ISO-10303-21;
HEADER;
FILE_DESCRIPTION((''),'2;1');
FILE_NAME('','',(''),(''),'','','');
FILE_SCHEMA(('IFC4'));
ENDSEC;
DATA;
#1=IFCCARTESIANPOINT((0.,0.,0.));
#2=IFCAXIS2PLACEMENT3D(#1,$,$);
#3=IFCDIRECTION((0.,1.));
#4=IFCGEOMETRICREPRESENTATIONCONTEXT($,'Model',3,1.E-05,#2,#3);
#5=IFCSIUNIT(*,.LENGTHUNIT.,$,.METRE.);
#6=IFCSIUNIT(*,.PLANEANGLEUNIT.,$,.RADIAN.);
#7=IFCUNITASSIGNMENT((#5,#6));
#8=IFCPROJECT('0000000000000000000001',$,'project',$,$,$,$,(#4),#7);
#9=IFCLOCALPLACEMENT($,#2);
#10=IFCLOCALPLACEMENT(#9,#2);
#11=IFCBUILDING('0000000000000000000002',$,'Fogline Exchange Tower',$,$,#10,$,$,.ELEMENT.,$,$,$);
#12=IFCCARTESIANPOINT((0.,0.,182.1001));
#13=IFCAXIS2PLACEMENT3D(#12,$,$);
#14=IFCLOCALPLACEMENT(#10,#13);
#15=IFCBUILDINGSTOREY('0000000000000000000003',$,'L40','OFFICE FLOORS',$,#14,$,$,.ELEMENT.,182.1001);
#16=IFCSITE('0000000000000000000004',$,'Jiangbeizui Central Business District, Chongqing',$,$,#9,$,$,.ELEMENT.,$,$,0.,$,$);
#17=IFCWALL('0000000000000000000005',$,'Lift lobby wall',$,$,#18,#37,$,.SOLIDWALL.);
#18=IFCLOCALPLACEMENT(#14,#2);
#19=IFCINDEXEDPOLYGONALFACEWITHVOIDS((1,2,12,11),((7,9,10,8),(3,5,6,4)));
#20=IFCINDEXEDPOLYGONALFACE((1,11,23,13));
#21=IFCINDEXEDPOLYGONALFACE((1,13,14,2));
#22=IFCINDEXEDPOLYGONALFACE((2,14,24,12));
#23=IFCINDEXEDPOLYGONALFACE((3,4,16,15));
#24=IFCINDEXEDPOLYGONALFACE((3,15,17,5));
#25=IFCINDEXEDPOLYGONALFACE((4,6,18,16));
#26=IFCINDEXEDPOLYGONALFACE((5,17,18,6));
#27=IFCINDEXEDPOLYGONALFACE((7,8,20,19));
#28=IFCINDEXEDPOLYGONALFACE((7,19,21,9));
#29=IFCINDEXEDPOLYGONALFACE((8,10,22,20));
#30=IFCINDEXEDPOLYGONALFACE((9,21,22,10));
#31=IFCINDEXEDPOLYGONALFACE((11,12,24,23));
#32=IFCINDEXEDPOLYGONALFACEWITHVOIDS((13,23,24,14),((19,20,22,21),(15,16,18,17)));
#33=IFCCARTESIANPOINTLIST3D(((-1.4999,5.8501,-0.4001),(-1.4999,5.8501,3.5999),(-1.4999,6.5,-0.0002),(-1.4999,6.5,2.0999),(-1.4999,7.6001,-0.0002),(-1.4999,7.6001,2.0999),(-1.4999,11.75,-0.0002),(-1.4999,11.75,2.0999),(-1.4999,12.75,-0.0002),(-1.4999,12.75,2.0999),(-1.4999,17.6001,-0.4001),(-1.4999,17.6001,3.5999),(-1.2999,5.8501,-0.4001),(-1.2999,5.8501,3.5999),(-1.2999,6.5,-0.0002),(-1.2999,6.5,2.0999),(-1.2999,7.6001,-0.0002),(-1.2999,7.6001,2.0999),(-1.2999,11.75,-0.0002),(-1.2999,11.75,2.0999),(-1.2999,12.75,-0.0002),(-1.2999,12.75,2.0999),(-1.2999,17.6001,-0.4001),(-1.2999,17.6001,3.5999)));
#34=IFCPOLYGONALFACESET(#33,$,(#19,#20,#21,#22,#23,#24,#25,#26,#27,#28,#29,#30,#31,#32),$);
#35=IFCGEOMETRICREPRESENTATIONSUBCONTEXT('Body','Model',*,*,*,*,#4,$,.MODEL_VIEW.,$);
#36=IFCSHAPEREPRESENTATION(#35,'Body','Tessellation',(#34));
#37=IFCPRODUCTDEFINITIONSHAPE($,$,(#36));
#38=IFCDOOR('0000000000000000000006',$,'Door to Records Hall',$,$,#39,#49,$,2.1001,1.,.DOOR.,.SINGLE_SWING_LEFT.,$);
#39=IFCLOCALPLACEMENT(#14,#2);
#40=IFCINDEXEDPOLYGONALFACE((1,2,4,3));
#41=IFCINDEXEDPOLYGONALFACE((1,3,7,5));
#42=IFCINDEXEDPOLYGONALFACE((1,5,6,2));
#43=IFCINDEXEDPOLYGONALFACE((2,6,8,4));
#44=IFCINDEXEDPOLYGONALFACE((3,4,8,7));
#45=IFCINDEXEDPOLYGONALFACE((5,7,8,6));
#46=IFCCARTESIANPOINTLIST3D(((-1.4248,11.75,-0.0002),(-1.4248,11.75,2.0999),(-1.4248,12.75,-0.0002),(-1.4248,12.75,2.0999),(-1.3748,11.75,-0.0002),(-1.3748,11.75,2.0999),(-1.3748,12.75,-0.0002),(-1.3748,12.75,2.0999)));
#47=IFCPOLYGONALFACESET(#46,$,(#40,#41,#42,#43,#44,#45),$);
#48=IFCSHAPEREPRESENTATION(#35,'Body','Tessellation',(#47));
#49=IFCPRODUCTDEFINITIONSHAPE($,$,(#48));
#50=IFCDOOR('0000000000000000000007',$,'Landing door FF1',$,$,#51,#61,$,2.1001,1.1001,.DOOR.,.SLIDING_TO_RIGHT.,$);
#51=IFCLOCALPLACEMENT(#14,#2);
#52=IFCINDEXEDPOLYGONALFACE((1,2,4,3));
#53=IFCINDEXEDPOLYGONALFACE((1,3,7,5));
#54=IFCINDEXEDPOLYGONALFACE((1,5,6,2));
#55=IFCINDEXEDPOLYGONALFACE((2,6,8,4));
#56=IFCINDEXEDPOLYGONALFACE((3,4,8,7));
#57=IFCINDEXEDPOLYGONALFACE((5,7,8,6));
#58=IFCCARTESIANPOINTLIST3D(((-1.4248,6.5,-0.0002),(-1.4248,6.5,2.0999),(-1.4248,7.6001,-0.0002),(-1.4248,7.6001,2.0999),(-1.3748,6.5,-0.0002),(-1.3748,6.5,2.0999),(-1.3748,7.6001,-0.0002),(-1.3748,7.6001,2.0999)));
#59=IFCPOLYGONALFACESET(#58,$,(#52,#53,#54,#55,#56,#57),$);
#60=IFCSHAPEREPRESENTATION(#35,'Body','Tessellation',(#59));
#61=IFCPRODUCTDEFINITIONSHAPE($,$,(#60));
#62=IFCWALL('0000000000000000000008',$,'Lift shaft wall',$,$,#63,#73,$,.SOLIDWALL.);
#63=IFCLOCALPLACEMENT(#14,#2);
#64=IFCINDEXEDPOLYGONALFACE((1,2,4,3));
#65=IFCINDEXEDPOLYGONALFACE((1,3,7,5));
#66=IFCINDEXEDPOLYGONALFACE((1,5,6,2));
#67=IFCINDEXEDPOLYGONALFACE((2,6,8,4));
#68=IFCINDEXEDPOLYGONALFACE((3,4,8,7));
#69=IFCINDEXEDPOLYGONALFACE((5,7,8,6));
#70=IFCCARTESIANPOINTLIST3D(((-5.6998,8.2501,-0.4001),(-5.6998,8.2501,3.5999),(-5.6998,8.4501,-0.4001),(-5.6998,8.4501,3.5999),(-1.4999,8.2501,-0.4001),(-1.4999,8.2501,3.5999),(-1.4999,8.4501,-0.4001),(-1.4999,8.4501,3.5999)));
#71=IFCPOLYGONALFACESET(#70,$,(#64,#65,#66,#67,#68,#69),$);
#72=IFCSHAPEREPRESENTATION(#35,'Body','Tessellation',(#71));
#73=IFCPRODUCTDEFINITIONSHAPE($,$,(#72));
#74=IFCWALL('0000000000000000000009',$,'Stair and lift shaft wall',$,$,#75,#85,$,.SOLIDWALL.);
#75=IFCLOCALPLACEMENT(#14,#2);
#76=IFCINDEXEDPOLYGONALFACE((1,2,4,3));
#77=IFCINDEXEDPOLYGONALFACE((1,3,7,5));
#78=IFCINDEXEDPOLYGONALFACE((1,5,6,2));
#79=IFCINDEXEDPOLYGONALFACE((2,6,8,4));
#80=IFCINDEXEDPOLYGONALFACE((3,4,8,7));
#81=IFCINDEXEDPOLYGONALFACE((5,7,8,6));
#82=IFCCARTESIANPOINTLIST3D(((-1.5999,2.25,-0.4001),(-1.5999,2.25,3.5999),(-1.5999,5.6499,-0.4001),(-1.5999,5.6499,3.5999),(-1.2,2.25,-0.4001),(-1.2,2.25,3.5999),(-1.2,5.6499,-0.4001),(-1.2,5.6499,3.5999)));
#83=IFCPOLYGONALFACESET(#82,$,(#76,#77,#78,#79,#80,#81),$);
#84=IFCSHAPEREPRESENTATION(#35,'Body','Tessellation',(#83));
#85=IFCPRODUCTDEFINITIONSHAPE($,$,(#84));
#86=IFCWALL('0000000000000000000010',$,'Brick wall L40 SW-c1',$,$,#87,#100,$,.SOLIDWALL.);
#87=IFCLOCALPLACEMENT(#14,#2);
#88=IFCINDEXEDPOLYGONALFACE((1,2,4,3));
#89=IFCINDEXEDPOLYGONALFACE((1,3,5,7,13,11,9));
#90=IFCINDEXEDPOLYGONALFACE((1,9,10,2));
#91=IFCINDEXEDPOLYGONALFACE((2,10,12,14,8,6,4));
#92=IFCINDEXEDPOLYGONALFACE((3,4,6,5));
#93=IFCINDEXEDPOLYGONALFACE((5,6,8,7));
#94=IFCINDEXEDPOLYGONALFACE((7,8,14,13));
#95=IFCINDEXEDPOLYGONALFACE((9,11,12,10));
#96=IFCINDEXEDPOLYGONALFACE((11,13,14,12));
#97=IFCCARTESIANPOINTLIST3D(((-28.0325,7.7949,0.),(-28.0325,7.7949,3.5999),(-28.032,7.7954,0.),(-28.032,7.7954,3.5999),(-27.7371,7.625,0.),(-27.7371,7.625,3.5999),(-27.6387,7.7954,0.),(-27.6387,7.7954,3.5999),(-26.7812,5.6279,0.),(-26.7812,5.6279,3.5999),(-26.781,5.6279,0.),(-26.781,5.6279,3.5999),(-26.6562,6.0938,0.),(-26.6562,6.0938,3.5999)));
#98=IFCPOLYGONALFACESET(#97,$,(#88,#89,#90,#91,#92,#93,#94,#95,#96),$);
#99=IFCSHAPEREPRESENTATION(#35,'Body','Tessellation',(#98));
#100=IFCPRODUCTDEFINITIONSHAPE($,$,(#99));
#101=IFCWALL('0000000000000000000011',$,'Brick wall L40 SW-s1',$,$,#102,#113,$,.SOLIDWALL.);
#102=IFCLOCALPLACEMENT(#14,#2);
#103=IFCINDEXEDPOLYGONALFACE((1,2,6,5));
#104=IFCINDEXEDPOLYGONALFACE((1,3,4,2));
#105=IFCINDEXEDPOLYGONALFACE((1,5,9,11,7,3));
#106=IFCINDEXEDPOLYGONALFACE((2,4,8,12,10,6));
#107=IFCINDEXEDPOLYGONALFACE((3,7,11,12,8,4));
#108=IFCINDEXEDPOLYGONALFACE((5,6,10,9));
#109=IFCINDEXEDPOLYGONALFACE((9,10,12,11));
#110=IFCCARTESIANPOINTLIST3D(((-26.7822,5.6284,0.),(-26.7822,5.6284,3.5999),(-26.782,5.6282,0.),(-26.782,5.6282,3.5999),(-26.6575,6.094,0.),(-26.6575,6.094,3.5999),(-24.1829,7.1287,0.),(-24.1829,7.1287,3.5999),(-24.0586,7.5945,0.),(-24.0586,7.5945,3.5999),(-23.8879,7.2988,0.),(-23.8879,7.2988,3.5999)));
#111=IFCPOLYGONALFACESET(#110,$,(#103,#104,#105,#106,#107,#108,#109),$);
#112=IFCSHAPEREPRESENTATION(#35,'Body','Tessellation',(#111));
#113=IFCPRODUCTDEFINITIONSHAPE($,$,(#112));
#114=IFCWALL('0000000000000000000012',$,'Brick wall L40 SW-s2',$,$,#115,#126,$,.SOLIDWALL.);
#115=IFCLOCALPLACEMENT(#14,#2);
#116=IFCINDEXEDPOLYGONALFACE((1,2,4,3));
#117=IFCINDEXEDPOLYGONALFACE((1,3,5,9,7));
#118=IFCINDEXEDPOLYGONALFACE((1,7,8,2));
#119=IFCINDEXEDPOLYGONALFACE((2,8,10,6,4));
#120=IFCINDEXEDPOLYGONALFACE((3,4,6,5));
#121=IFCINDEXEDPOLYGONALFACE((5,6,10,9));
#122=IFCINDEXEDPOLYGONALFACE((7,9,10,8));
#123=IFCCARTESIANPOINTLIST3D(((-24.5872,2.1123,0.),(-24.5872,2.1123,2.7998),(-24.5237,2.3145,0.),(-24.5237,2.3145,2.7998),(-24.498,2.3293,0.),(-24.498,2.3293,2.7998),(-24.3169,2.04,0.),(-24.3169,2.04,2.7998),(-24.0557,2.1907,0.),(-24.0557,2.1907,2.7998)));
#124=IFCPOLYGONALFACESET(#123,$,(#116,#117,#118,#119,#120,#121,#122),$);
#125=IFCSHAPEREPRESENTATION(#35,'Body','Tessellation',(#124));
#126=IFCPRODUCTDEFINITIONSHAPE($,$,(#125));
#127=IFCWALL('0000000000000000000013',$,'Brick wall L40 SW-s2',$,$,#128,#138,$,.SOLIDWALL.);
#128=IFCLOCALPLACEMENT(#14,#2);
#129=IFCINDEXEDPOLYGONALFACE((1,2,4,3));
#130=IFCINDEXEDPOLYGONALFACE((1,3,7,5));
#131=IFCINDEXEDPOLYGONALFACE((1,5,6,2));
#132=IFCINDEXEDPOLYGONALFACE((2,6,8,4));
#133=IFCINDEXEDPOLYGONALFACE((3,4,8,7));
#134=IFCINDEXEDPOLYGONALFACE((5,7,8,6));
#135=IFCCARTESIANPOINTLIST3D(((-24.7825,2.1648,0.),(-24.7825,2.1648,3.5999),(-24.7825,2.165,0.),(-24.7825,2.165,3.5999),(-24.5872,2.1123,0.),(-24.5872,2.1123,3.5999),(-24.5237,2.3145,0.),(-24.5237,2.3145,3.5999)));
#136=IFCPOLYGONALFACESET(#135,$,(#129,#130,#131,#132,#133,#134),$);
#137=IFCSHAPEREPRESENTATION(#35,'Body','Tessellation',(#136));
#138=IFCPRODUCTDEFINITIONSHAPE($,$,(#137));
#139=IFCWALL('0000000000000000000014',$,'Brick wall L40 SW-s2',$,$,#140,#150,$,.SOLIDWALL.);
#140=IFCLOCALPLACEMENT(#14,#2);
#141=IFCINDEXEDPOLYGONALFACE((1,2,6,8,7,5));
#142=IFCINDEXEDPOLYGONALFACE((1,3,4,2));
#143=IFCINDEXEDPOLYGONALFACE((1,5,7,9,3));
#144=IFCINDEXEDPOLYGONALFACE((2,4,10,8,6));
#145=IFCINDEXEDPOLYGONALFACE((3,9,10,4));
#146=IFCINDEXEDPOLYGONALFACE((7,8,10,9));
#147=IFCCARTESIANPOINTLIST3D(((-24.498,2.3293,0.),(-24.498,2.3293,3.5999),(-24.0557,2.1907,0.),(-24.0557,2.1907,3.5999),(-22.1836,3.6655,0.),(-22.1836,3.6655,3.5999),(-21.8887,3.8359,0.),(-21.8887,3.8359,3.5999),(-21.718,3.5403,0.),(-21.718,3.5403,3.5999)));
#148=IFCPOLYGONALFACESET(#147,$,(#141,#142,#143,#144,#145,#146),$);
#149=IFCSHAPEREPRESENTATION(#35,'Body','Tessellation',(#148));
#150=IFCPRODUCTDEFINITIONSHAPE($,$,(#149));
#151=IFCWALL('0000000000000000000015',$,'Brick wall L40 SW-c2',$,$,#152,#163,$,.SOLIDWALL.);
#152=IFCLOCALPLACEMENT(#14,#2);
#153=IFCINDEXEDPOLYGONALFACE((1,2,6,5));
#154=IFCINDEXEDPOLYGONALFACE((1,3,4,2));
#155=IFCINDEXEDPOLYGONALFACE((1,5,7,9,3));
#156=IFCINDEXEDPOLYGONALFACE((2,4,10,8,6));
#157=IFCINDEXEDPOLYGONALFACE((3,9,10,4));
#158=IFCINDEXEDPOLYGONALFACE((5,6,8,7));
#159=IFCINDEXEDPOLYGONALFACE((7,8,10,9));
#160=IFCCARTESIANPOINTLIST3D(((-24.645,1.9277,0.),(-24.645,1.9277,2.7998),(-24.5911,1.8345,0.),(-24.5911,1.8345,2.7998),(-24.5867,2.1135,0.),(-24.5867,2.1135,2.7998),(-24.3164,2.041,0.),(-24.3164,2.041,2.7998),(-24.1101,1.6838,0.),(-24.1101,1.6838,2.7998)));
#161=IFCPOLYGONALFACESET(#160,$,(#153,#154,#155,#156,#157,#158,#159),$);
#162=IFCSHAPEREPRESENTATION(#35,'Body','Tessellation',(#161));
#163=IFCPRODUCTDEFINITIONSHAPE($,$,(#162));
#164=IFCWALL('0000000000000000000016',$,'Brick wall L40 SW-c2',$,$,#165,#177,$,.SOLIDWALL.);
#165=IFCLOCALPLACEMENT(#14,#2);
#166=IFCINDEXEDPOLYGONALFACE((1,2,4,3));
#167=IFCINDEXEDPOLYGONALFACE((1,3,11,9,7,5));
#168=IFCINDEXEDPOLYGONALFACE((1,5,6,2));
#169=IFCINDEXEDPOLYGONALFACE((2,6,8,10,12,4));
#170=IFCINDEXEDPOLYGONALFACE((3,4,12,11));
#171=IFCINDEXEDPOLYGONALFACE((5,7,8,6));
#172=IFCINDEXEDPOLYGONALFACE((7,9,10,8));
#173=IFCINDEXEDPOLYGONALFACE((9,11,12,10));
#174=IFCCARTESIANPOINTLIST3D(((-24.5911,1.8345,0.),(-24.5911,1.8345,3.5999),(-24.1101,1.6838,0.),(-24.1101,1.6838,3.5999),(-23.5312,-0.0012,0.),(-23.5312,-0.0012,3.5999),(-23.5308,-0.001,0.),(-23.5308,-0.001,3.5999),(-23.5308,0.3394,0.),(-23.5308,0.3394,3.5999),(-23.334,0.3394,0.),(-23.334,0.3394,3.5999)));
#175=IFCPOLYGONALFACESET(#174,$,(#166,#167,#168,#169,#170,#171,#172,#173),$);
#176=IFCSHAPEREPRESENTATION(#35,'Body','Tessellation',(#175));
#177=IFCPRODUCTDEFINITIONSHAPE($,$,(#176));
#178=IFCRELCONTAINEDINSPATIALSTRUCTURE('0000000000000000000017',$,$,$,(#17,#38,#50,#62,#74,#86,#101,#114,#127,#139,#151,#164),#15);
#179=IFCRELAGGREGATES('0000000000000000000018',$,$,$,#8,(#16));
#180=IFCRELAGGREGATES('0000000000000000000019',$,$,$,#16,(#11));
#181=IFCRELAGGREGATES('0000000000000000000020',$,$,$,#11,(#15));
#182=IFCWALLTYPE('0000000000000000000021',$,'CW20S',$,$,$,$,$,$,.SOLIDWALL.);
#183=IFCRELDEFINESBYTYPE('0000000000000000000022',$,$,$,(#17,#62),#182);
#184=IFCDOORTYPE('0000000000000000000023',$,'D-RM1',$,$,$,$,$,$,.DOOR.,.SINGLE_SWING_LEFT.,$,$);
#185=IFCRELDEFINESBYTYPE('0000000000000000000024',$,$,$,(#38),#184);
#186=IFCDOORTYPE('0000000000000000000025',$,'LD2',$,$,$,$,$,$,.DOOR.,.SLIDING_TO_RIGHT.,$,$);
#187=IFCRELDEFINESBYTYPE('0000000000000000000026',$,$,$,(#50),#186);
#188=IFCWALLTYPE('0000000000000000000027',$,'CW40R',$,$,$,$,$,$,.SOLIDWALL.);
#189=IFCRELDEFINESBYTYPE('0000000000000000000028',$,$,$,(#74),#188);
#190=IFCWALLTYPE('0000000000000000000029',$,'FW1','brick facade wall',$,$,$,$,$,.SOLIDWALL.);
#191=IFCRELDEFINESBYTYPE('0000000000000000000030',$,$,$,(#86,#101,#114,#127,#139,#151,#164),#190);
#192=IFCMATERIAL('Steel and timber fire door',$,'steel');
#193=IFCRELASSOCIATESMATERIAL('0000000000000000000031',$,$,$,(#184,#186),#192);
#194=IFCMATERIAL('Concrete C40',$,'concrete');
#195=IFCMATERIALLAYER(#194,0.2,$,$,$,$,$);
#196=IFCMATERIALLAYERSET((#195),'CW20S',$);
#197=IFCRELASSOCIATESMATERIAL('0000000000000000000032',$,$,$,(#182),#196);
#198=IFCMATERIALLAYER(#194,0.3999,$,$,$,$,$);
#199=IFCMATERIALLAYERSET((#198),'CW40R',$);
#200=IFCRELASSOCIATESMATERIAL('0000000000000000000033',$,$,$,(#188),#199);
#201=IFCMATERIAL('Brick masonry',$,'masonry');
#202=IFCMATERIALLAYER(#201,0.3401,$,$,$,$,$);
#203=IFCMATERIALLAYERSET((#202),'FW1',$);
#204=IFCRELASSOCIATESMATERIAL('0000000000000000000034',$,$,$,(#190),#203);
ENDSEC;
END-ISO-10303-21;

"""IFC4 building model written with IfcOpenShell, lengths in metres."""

from ifc_helpers import new_model, si_unit, direction, frame, frame_2d, origin, place, context, subcontext, project, spatial, polyline, rectangle, outline, extrude, material, layer, layer_set, type_object, element, fill, save


model = new_model("IFC4")

# Units and contexts
model_context = context("Model", 3, precision=1e-05, world=origin(), true_north=direction((0.0, 1.0)))
body_context = subcontext(model_context, "Body", "Model", "MODEL_VIEW")
ifc_project = project(units=[si_unit("LENGTHUNIT", "METRE"), si_unit("PLANEANGLEUNIT", "RADIAN")], contexts=[model_context])

# Site, building, storey
site_placement = place(None, origin())
site = spatial("IfcSite", under=ifc_project, at=site_placement, Name="Jiangbeizui Central Business District, Chongqing", CompositionType="ELEMENT", RefElevation=0.0)
building_placement = place(site_placement, origin())
building = spatial("IfcBuilding", under=site, at=building_placement, Name="Fogline Exchange Tower", CompositionType="ELEMENT")
storey_placement = place(building_placement, frame((0.0, 0.0, 182.1001)))
storey = spatial("IfcBuildingStorey", under=building, at=storey_placement, Name="L40", Description="OFFICE FLOORS", CompositionType="ELEMENT", Elevation=182.1001)

# Shared definitions
ifc_material_1 = material(Name="Concrete C40", Category="concrete")

# Shared definitions
ifc_material_2 = material(Name="Steel and timber fire door", Category="steel")
door_type_1 = type_object("IfcDoorType", Name="D-RM1", OperationType="SINGLE_SWING_LEFT", PredefinedType="DOOR", material=ifc_material_2)
ifc_layer_1 = layer(ifc_material_1, 0.2)
ifc_layer_set_1 = layer_set([ifc_layer_1], Name="CW20S")
wall_type_1 = type_object("IfcWallType", Name="CW20S", PredefinedType="SOLIDWALL", material=ifc_layer_set_1)

# Wall, openings, doors
wall_1_placement = place(storey_placement, frame((-1.3999, 5.8501, -0.4001), z_axis=(0.0, 0.0, 1.0), x_axis=(0.0, 1.0, 0.0)))
wall_1 = element("IfcWall", 1, at=wall_1_placement, inside=storey, type_object=wall_type_1, Name="Lift lobby wall", PredefinedType="SOLIDWALL", context=body_context, shape_type="SweptSolid", body=[
    extrude(rectangle(XDim=11.75, YDim=0.2, at=frame_2d((5.875, 0.0))), origin(), (0.0, 0.0, 1.0), 4.0),
])
opening_1_placement = place(wall_1_placement, frame((0.6499, 0.0, 0.3999)))
opening_1 = element("IfcOpeningElement", 2, at=opening_1_placement, cuts=wall_1, PredefinedType="OPENING", context=body_context, shape_type="SweptSolid", body=[
    extrude(rectangle(XDim=1.1001, YDim=2.1001, at=frame_2d((0.55, 1.05))), frame((0.0, 0.1099, 0.0), z_axis=(0.0, -1.0, 0.0), x_axis=(1.0, 0.0, 0.0)), (0.0, 0.0, 1.0), 0.22),
])
opening_2_placement = place(wall_1_placement, frame((5.8999, 0.0, 0.3999)))
opening_2 = element("IfcOpeningElement", 3, at=opening_2_placement, cuts=wall_1, PredefinedType="OPENING", context=body_context, shape_type="SweptSolid", body=[
    extrude(rectangle(XDim=1.0, YDim=2.1001, at=frame_2d((0.5, 1.05))), frame((0.0, 0.1099, 0.0), z_axis=(0.0, -1.0, 0.0), x_axis=(1.0, 0.0, 0.0)), (0.0, 0.0, 1.0), 0.22),
])
door_1_placement = place(opening_2_placement, origin())
door_1 = element("IfcDoor", 4, at=door_1_placement, inside=storey, type_object=door_type_1, Name="Door to Records Hall", OperationType="SINGLE_SWING_LEFT", OverallHeight=2.1001, OverallWidth=1.0, PredefinedType="DOOR", context=body_context, shape_type="SweptSolid", body=[
    extrude(rectangle(XDim=1.0, YDim=2.1001, at=frame_2d((0.5, 1.05))), frame((0.0, 0.0249, 0.0), z_axis=(0.0, -1.0, 0.0), x_axis=(1.0, 0.0, 0.0)), (0.0, 0.0, 1.0), 0.05),
])
fill(opening_2, door_1)
door_type_2 = type_object("IfcDoorType", Name="LD2", OperationType="SLIDING_TO_RIGHT", PredefinedType="DOOR", material=ifc_material_2)
door_2_placement = place(opening_1_placement, origin())
door_2 = element("IfcDoor", 5, at=door_2_placement, inside=storey, type_object=door_type_2, Name="Landing door FF1", OperationType="SLIDING_TO_RIGHT", OverallHeight=2.1001, OverallWidth=1.1001, PredefinedType="DOOR", context=body_context, shape_type="SweptSolid", body=[
    extrude(rectangle(XDim=1.1001, YDim=2.1001, at=frame_2d((0.55, 1.05))), frame((0.0, 0.0249, 0.0), z_axis=(0.0, -1.0, 0.0), x_axis=(1.0, 0.0, 0.0)), (0.0, 0.0, 1.0), 0.05),
])
fill(opening_1, door_2)

# Walls
wall_2_placement = place(storey_placement, frame((-5.7, 8.3501, -0.4001), z_axis=(0.0, 0.0, 1.0), x_axis=(1.0, 0.0, 0.0)))
element("IfcWall", 6, at=wall_2_placement, inside=storey, type_object=wall_type_1, Name="Lift shaft wall", PredefinedType="SOLIDWALL", context=body_context, shape_type="SweptSolid", body=[
    extrude(rectangle(XDim=4.2, YDim=0.2, at=frame_2d((2.1001, 0.0))), origin(), (0.0, 0.0, 1.0), 4.0),
])
ifc_layer_2 = layer(ifc_material_1, 0.3999)
ifc_layer_set_2 = layer_set([ifc_layer_2], Name="CW40R")
wall_type_2 = type_object("IfcWallType", Name="CW40R", PredefinedType="SOLIDWALL", material=ifc_layer_set_2)
wall_3_placement = place(storey_placement, frame((-1.3999, 2.25, -0.4001), z_axis=(0.0, 0.0, 1.0), x_axis=(0.0, 1.0, 0.0)))
element("IfcWall", 7, at=wall_3_placement, inside=storey, type_object=wall_type_2, Name="Stair and lift shaft wall", PredefinedType="SOLIDWALL", context=body_context, shape_type="SweptSolid", body=[
    extrude(rectangle(XDim=3.3999, YDim=0.3999, at=frame_2d((1.7, 0.0))), origin(), (0.0, 0.0, 1.0), 4.0),
])
ifc_material_3 = material(Name="Brick masonry", Category="masonry")
ifc_layer_3 = layer(ifc_material_3, 0.3401)
ifc_layer_set_3 = layer_set([ifc_layer_3], Name="FW1")
wall_type_3 = type_object("IfcWallType", Name="FW1", Description="brick facade wall", PredefinedType="SOLIDWALL", material=ifc_layer_set_3)
wall_4_placement = place(storey_placement, origin())
element("IfcWall", 8, at=wall_4_placement, inside=storey, type_object=wall_type_3, Name="Brick wall L40 SW-c1", PredefinedType="SOLIDWALL", context=body_context, shape_type="SweptSolid", body=[
    extrude(outline(polyline([(-26.7812, 5.6279), (-28.0325, 7.7949), (-28.032, 7.7954), (-27.7371, 7.625), (-27.6387, 7.7954), (-26.6562, 6.0938), (-26.781, 5.6279), (-26.7812, 5.6279)])), origin(), (0.0, 0.0, 1.0), 3.5999),
])
wall_5_placement = place(storey_placement, origin())
element("IfcWall", 9, at=wall_5_placement, inside=storey, type_object=wall_type_3, Name="Brick wall L40 SW-s1", PredefinedType="SOLIDWALL", context=body_context, shape_type="SweptSolid", body=[
    extrude(outline(polyline([(-24.0586, 7.5945), (-23.8879, 7.2988), (-24.1829, 7.1287), (-26.782, 5.6282), (-26.7822, 5.6284), (-26.6575, 6.094), (-24.0586, 7.5945)])), origin(), (0.0, 0.0, 1.0), 3.5999),
])
wall_6_placement = place(storey_placement, origin())
element("IfcWall", 10, at=wall_6_placement, inside=storey, type_object=wall_type_3, Name="Brick wall L40 SW-s2", PredefinedType="SOLIDWALL", context=body_context, shape_type="SweptSolid", body=[
    extrude(outline(polyline([(-24.498, 2.3293), (-24.0557, 2.1907), (-24.3169, 2.04), (-24.5872, 2.1123), (-24.5237, 2.3145), (-24.498, 2.3293)])), origin(), (0.0, 0.0, 1.0), 2.7998),
])
wall_7_placement = place(storey_placement, origin())
element("IfcWall", 11, at=wall_7_placement, inside=storey, type_object=wall_type_3, Name="Brick wall L40 SW-s2", PredefinedType="SOLIDWALL", context=body_context, shape_type="SweptSolid", body=[
    extrude(outline(polyline([(-24.5237, 2.3145), (-24.5872, 2.1123), (-24.7825, 2.1648), (-24.7825, 2.165), (-24.5237, 2.3145)])), origin(), (0.0, 0.0, 1.0), 3.5999),
])
wall_8_placement = place(storey_placement, origin())
element("IfcWall", 12, at=wall_8_placement, inside=storey, type_object=wall_type_3, Name="Brick wall L40 SW-s2", PredefinedType="SOLIDWALL", context=body_context, shape_type="SweptSolid", body=[
    extrude(outline(polyline([(-22.1836, 3.6655), (-21.8887, 3.8359), (-21.718, 3.5403), (-24.0557, 2.1907), (-24.498, 2.3293), (-22.1836, 3.6655)])), origin(), (0.0, 0.0, 1.0), 3.5999),
])
wall_9_placement = place(storey_placement, origin())
element("IfcWall", 13, at=wall_9_placement, inside=storey, type_object=wall_type_3, Name="Brick wall L40 SW-c2", PredefinedType="SOLIDWALL", context=body_context, shape_type="SweptSolid", body=[
    extrude(outline(polyline([(-24.645, 1.9277), (-24.5867, 2.1135), (-24.3164, 2.041), (-24.1101, 1.6838), (-24.5911, 1.8345), (-24.645, 1.9277)])), origin(), (0.0, 0.0, 1.0), 2.7998),
])
wall_10_placement = place(storey_placement, origin())
element("IfcWall", 14, at=wall_10_placement, inside=storey, type_object=wall_type_3, Name="Brick wall L40 SW-c2", PredefinedType="SOLIDWALL", context=body_context, shape_type="SweptSolid", body=[
    extrude(outline(polyline([(-23.5308, 0.3394), (-23.5308, -0.001), (-23.5312, -0.0012), (-24.5911, 1.8345), (-24.1101, 1.6838), (-23.334, 0.3394), (-23.5308, 0.3394)])), origin(), (0.0, 0.0, 1.0), 3.5999),
])

save(model, "model.ifc")
